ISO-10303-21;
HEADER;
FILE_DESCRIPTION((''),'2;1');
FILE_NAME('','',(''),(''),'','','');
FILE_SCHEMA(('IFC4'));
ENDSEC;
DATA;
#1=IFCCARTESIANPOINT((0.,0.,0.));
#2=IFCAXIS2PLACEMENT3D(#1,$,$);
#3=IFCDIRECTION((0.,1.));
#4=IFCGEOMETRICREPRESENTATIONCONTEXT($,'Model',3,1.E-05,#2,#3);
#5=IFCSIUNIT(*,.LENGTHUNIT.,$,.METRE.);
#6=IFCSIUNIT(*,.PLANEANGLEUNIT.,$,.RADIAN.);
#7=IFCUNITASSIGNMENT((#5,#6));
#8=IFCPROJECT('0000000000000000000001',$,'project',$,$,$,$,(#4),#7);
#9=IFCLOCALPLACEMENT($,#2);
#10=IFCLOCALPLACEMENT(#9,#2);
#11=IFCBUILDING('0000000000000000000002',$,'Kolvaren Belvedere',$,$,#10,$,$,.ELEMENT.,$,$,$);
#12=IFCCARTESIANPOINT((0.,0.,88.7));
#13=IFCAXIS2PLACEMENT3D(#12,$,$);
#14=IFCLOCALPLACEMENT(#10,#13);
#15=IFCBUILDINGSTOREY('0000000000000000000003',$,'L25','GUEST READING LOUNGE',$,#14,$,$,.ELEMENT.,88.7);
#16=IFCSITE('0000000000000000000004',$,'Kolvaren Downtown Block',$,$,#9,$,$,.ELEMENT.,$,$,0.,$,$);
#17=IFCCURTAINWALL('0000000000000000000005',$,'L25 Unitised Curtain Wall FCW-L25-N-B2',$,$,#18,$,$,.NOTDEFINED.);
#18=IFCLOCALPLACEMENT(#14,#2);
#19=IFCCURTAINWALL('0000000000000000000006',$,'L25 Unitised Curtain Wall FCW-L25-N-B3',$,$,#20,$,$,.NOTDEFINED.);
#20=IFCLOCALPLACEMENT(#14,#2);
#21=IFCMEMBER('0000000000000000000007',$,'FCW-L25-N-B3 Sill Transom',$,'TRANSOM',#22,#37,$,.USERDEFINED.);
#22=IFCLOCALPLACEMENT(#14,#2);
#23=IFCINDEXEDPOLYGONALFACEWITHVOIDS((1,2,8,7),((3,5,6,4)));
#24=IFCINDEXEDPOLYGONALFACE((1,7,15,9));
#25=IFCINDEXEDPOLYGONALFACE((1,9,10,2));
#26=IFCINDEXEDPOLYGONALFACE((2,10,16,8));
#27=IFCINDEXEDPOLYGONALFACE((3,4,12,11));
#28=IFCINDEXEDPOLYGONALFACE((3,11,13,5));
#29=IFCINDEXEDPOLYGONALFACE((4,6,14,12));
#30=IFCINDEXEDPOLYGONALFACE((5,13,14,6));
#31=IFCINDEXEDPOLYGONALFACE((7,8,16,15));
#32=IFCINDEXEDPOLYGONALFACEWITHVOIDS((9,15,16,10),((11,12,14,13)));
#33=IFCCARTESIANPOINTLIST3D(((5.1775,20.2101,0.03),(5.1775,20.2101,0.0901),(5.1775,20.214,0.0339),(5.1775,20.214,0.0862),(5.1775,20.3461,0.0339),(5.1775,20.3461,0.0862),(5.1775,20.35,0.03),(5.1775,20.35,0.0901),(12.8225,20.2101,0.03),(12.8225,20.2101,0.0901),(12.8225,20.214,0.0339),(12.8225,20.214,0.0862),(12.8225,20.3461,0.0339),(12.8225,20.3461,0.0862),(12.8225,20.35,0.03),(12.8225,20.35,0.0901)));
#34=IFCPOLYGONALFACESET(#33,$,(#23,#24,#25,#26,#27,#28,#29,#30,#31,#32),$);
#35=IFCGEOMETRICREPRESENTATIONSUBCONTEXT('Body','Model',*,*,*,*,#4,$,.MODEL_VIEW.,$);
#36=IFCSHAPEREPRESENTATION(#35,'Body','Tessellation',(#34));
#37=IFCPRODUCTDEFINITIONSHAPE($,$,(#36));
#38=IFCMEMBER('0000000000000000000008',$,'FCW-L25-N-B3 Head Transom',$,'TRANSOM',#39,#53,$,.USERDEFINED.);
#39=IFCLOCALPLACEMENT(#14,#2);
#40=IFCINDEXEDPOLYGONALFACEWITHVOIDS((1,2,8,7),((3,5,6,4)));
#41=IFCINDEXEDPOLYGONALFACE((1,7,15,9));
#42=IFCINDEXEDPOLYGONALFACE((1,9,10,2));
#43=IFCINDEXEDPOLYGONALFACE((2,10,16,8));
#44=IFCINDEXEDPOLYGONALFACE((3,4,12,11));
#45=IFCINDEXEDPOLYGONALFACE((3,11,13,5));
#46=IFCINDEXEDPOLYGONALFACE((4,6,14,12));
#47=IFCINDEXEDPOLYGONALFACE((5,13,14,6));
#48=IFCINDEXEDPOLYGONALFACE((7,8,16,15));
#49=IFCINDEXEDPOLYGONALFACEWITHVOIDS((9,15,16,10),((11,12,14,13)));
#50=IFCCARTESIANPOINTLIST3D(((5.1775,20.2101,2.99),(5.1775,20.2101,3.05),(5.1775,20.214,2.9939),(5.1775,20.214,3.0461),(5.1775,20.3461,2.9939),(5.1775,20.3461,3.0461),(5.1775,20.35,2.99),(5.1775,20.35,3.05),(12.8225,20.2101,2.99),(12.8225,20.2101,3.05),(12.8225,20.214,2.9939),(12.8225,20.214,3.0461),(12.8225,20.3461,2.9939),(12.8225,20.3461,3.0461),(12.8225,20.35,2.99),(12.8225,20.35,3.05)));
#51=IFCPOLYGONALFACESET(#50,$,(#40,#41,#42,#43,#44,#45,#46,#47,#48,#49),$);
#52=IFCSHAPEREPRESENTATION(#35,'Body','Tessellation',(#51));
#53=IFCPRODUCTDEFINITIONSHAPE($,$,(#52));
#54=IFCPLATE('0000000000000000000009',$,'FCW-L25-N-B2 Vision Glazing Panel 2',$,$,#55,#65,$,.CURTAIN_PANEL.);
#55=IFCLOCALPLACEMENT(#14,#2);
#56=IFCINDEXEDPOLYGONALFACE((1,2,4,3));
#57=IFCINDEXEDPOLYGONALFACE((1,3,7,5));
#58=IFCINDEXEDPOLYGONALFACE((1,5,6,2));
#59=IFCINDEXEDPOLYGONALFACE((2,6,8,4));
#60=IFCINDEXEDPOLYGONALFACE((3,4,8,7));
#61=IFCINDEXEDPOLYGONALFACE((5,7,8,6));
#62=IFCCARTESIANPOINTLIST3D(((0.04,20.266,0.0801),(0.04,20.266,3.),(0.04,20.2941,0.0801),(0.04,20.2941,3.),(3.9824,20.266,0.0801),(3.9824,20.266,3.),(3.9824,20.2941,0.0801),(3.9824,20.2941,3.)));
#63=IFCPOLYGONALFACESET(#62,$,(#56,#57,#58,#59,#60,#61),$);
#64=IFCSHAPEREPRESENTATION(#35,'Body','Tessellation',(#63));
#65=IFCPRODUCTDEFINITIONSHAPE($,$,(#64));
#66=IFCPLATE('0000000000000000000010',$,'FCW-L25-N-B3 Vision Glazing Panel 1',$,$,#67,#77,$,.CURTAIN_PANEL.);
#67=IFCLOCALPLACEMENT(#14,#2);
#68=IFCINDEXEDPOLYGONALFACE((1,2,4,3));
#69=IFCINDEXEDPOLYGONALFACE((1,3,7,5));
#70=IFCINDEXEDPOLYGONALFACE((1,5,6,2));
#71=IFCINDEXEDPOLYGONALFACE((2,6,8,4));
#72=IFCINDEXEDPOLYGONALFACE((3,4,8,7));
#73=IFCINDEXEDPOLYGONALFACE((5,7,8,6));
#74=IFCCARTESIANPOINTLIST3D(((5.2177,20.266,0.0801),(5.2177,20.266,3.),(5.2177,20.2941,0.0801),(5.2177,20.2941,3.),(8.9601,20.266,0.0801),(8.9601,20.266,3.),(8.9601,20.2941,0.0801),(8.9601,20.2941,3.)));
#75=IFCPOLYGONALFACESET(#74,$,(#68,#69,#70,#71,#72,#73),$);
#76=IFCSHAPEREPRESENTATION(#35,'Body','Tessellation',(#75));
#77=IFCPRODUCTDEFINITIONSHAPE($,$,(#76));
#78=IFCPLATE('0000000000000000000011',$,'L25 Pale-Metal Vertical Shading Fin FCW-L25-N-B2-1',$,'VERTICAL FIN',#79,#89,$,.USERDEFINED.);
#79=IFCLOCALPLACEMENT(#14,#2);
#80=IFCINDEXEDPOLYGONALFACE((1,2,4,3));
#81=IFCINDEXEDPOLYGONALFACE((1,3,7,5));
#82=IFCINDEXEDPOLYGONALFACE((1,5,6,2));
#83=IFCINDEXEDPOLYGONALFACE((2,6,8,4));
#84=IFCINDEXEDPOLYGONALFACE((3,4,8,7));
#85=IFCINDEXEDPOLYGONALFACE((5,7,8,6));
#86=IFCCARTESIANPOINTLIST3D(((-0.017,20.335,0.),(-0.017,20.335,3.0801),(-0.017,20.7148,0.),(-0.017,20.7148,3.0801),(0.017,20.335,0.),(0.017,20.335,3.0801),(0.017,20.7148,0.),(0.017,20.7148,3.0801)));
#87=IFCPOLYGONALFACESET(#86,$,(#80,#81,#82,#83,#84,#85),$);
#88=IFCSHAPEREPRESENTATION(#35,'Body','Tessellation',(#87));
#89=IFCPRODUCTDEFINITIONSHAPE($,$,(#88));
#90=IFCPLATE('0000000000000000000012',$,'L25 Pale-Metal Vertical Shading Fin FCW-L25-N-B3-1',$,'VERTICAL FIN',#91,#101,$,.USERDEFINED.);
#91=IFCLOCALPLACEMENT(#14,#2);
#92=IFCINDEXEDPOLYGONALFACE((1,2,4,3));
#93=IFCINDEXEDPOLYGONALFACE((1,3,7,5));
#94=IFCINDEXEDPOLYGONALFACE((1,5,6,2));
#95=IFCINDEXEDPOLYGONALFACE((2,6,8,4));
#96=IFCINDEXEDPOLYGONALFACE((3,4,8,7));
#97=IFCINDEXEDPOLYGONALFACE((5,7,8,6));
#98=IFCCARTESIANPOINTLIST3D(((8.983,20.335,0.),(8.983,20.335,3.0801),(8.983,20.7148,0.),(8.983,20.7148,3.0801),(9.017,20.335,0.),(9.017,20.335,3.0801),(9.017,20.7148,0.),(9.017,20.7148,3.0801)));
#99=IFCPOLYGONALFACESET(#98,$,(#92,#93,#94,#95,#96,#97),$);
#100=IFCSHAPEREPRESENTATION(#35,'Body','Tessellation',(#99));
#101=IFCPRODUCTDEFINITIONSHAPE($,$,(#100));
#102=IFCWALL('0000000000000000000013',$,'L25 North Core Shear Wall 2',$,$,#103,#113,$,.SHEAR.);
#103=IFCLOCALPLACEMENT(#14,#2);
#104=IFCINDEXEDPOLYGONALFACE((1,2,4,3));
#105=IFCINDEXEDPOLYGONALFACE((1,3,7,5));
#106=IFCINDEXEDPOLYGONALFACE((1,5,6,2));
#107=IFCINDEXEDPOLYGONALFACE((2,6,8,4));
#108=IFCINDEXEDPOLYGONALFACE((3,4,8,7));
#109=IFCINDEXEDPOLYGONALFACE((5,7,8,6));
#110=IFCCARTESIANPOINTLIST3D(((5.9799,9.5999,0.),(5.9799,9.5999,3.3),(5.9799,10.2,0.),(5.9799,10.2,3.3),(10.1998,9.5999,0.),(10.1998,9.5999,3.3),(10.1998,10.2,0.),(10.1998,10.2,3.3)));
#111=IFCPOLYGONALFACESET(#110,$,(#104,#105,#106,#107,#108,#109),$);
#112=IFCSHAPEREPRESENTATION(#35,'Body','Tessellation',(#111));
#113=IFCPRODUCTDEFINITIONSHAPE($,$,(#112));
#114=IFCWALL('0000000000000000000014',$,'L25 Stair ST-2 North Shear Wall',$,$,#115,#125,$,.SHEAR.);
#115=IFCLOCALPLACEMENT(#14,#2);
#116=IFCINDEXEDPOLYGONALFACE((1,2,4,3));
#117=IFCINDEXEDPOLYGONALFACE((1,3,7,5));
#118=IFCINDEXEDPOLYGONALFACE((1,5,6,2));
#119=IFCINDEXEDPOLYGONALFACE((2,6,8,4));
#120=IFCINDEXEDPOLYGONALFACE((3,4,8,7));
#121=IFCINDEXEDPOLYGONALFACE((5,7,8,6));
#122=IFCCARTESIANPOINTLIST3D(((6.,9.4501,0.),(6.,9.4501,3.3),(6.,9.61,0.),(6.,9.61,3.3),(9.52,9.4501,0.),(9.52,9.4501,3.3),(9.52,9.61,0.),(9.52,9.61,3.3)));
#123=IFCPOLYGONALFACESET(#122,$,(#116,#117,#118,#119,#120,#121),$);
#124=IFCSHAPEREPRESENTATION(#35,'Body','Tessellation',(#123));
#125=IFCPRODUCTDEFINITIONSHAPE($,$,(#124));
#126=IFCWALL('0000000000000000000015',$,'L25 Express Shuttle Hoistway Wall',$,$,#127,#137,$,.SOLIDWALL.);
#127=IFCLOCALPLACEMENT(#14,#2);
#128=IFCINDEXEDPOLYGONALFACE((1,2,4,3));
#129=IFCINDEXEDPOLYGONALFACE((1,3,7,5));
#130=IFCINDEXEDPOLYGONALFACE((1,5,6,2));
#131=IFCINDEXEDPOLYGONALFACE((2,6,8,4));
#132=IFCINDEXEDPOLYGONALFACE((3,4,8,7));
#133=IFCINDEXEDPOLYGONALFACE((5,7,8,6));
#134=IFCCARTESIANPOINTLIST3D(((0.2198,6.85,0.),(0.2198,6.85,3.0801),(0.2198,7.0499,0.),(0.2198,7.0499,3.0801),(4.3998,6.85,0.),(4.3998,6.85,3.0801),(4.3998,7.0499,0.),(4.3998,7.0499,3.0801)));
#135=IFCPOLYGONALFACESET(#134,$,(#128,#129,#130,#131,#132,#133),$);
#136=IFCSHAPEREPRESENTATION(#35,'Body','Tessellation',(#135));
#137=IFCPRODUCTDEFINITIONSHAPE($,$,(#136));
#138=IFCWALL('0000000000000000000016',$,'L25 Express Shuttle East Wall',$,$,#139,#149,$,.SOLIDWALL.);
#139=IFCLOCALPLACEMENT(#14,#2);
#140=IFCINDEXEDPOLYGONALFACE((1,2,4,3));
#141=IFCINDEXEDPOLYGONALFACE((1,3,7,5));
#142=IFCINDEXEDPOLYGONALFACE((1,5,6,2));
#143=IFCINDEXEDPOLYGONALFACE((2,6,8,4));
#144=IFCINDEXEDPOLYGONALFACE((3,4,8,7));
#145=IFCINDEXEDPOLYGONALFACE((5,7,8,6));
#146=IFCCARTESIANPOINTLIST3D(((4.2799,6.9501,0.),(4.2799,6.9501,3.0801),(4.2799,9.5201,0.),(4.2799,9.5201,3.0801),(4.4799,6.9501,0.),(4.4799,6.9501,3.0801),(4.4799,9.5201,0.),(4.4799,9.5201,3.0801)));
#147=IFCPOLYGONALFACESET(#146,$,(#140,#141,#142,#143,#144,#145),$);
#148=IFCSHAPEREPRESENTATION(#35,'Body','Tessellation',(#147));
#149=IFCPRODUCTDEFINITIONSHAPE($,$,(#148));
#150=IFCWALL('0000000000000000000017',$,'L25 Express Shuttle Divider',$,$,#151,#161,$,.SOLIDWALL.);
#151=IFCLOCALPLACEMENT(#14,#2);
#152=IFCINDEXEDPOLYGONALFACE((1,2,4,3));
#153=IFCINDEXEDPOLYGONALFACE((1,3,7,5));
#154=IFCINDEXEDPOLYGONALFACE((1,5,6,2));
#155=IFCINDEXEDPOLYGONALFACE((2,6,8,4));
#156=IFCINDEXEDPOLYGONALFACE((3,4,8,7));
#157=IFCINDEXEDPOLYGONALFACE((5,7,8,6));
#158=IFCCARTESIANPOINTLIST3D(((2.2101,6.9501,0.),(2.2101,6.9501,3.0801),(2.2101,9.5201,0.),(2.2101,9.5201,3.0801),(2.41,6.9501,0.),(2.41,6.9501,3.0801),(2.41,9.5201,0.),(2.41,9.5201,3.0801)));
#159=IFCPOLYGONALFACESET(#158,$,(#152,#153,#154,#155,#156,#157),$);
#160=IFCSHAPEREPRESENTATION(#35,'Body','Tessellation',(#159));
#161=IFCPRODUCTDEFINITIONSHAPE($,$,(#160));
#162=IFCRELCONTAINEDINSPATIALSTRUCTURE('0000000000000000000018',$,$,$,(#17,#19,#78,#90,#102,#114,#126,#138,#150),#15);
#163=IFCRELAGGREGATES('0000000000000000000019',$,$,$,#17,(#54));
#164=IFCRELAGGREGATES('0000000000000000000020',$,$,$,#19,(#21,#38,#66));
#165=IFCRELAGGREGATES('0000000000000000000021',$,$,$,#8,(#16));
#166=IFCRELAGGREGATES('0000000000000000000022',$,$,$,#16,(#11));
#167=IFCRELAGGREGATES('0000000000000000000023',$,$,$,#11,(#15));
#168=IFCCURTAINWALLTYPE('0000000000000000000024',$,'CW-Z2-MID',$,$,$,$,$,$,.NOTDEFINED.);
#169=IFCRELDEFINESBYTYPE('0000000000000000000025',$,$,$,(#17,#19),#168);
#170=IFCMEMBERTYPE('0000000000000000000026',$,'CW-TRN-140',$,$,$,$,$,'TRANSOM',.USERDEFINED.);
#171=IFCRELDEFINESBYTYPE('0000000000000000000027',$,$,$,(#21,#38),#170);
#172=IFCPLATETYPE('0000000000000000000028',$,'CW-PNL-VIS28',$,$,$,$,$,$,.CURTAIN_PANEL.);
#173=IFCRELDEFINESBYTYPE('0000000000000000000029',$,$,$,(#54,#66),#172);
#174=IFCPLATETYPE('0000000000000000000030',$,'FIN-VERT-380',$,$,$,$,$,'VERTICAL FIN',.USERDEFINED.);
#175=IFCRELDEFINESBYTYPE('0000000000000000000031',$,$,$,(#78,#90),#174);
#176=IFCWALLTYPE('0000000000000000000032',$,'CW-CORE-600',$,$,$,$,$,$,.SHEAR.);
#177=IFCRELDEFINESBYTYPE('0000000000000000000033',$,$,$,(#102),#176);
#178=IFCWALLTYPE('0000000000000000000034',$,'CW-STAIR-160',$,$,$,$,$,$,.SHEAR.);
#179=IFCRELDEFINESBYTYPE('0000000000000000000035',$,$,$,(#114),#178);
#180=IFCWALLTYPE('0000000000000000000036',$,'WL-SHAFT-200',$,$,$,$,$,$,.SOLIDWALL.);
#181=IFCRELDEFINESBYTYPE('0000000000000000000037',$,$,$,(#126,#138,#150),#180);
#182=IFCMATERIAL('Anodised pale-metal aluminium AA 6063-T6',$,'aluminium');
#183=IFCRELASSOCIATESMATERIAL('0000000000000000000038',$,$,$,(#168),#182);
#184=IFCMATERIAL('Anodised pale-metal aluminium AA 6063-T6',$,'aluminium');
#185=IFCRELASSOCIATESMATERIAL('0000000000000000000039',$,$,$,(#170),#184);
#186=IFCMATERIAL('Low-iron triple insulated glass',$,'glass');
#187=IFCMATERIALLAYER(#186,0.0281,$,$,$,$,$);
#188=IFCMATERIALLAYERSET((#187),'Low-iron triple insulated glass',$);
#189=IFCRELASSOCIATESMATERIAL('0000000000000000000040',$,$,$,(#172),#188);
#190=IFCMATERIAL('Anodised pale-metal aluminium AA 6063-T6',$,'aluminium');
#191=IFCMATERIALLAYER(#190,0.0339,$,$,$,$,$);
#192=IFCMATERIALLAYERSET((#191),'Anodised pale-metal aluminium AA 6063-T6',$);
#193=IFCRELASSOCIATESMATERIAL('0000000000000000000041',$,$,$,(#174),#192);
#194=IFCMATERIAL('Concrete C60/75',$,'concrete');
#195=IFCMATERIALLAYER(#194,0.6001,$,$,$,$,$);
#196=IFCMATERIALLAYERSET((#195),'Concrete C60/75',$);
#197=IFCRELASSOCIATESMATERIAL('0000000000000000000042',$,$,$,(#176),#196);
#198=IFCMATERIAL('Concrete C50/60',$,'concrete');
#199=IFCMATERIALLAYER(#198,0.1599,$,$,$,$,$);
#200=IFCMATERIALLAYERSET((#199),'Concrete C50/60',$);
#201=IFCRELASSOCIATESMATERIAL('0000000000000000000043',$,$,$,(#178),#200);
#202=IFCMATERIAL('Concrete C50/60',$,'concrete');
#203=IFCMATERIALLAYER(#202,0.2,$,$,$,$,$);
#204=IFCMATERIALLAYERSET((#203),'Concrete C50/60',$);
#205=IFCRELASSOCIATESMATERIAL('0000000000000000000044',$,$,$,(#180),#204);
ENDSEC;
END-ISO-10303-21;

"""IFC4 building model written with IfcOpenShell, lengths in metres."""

from ifc_helpers import new_model, si_unit, direction, frame, frame_2d, origin, origin_2d, place, context, subcontext, project, spatial, rectangle, hollow_rectangle, extrude, material, layer, layer_set, material_profile, profile_set, type_object, element, aggregate, save


model = new_model("IFC4")

# Units and contexts
model_context = context("Model", 3, precision=1e-05, world=origin(), true_north=direction((0.0, 1.0)))
body_context = subcontext(model_context, "Body", "Model", "MODEL_VIEW")
ifc_project = project(units=[si_unit("LENGTHUNIT", "METRE"), si_unit("PLANEANGLEUNIT", "RADIAN")], contexts=[model_context])

# Site, building, storey
site_placement = place(None, origin())
site = spatial("IfcSite", under=ifc_project, at=site_placement, Name="Kolvaren Downtown Block", CompositionType="ELEMENT", RefElevation=0.0)
building_placement = place(site_placement, origin())
building = spatial("IfcBuilding", under=site, at=building_placement, Name="Kolvaren Belvedere", CompositionType="ELEMENT")
storey_placement = place(building_placement, frame((0.0, 0.0, 88.7)))
storey = spatial("IfcBuildingStorey", under=building, at=storey_placement, Name="L25", Description="GUEST READING LOUNGE", CompositionType="ELEMENT", Elevation=88.7)

# Curtain walls, members
ifc_material_1 = material(Name="Anodised pale-metal aluminium AA 6063-T6", Category="aluminium")
curtain_wall_type = type_object("IfcCurtainWallType", Name="CW-Z2-MID", PredefinedType="NOTDEFINED", material=ifc_material_1)
curtain_wall_1_placement = place(storey_placement, origin())
curtain_wall_1 = element("IfcCurtainWall", 1, at=curtain_wall_1_placement, inside=storey, type_object=curtain_wall_type, Name="L25 Unitised Curtain Wall FCW-L25-N-B2", PredefinedType="NOTDEFINED")
curtain_wall_2_placement = place(storey_placement, origin())
curtain_wall_2 = element("IfcCurtainWall", 2, at=curtain_wall_2_placement, inside=storey, type_object=curtain_wall_type, Name="L25 Unitised Curtain Wall FCW-L25-N-B3", PredefinedType="NOTDEFINED")
ifc_material_2 = material(Name="Anodised pale-metal aluminium AA 6063-T6", Category="aluminium")
ifc_material_profile_1 = material_profile(ifc_material_2, hollow_rectangle(XDim=0.0601, YDim=0.1399, WallThickness=0.0039, at=origin_2d()), Name="ALU-TRN-140X60")
ifc_profile_set_1 = profile_set([ifc_material_profile_1], Name="Anodised pale-metal aluminium AA 6063-T6")
member_type_1 = type_object("IfcMemberType", Name="CW-TRN-140", ElementType="TRANSOM", PredefinedType="USERDEFINED", material=ifc_profile_set_1)
member_1_placement = place(storey_placement, frame((5.1775, 20.28, 0.0601), z_axis=(1.0, 0.0, 0.0), x_axis=(0.0, 0.0, 1.0)))
member_1 = element("IfcMember", 3, at=member_1_placement, type_object=member_type_1, Name="FCW-L25-N-B3 Sill Transom", ObjectType="TRANSOM", PredefinedType="USERDEFINED", context=body_context, shape_type="SweptSolid", body=[
    extrude(hollow_rectangle(XDim=0.0601, YDim=0.1399, WallThickness=0.0039, at=origin_2d()), origin(), (0.0, 0.0, 1.0), 7.645),
])
member_2_placement = place(storey_placement, frame((5.1775, 20.28, 3.02), z_axis=(1.0, 0.0, 0.0), x_axis=(0.0, 0.0, 1.0)))
member_2 = element("IfcMember", 4, at=member_2_placement, type_object=member_type_1, Name="FCW-L25-N-B3 Head Transom", ObjectType="TRANSOM", PredefinedType="USERDEFINED", context=body_context, shape_type="SweptSolid", body=[
    extrude(hollow_rectangle(XDim=0.0601, YDim=0.1399, WallThickness=0.0039, at=origin_2d()), origin(), (0.0, 0.0, 1.0), 7.645),
])

# Plates
ifc_material_3 = material(Name="Low-iron triple insulated glass", Category="glass")
ifc_layer_1 = layer(ifc_material_3, 0.0281)
ifc_layer_set_1 = layer_set([ifc_layer_1], Name="Low-iron triple insulated glass")
plate_type_1 = type_object("IfcPlateType", Name="CW-PNL-VIS28", PredefinedType="CURTAIN_PANEL", material=ifc_layer_set_1)
plate_1_placement = place(storey_placement, frame((2.0112, 20.28, 0.0801), z_axis=(0.0, 0.0, 1.0), x_axis=(1.0, 0.0, 0.0)))
plate_1 = element("IfcPlate", 5, at=plate_1_placement, type_object=plate_type_1, Name="FCW-L25-N-B2 Vision Glazing Panel 2", PredefinedType="CURTAIN_PANEL", context=body_context, shape_type="SweptSolid", body=[
    extrude(rectangle(XDim=3.9424, YDim=0.0281, at=origin_2d()), origin(), (0.0, 0.0, 1.0), 2.9199),
])
aggregate(curtain_wall_1, [plate_1])
plate_2_placement = place(storey_placement, frame((7.0889, 20.28, 0.0801), z_axis=(0.0, 0.0, 1.0), x_axis=(1.0, 0.0, 0.0)))
plate_2 = element("IfcPlate", 6, at=plate_2_placement, type_object=plate_type_1, Name="FCW-L25-N-B3 Vision Glazing Panel 1", PredefinedType="CURTAIN_PANEL", context=body_context, shape_type="SweptSolid", body=[
    extrude(rectangle(XDim=3.7424, YDim=0.0281, at=origin_2d()), origin(), (0.0, 0.0, 1.0), 2.9199),
])
aggregate(curtain_wall_2, [member_1, member_2, plate_2])

# Plates
ifc_material_4 = material(Name="Anodised pale-metal aluminium AA 6063-T6", Category="aluminium")
ifc_layer_2 = layer(ifc_material_4, 0.0339)
ifc_layer_set_2 = layer_set([ifc_layer_2], Name="Anodised pale-metal aluminium AA 6063-T6")
plate_type_2 = type_object("IfcPlateType", Name="FIN-VERT-380", ElementType="VERTICAL FIN", PredefinedType="USERDEFINED", material=ifc_layer_set_2)
for number, where, z_axis, x_axis, name in (
    (7, (0.0, 20.5249, 0.0), (0.0, 0.0, 1.0), (0.0, 1.0, 0.0), "L25 Pale-Metal Vertical Shading Fin FCW-L25-N-B2-1"),
    (8, (9.0, 20.5249, 0.0), (0.0, 0.0, 1.0), (0.0, 1.0, 0.0), "L25 Pale-Metal Vertical Shading Fin FCW-L25-N-B3-1"),
):
    element("IfcPlate", number, at=place(storey_placement, frame(where, z_axis=z_axis, x_axis=x_axis)), inside=storey, type_object=plate_type_2, Name=name, ObjectType="VERTICAL FIN", PredefinedType="USERDEFINED", context=body_context, shape_type="SweptSolid", body=[
        extrude(rectangle(XDim=0.3799, YDim=0.0339, at=origin_2d()), origin(), (0.0, 0.0, 1.0), 3.0801),
    ])

# Walls
ifc_material_5 = material(Name="Concrete C60/75", Category="concrete")
ifc_layer_3 = layer(ifc_material_5, 0.6001)
ifc_layer_set_3 = layer_set([ifc_layer_3], Name="Concrete C60/75")
wall_type_1 = type_object("IfcWallType", Name="CW-CORE-600", PredefinedType="SHEAR", material=ifc_layer_set_3)
wall_1_placement = place(storey_placement, frame((5.98, 9.8999, 0.0), z_axis=(0.0, 0.0, 1.0), x_axis=(1.0, 0.0, 0.0)))
element("IfcWall", 9, at=wall_1_placement, inside=storey, type_object=wall_type_1, Name="L25 North Core Shear Wall 2", PredefinedType="SHEAR", context=body_context, shape_type="SweptSolid", body=[
    extrude(rectangle(XDim=4.22, YDim=0.6001, at=frame_2d((2.1099, 0.0))), origin(), (0.0, 0.0, 1.0), 3.3),
])
ifc_material_6 = material(Name="Concrete C50/60", Category="concrete")
ifc_layer_4 = layer(ifc_material_6, 0.1599)
ifc_layer_set_4 = layer_set([ifc_layer_4], Name="Concrete C50/60")
wall_type_2 = type_object("IfcWallType", Name="CW-STAIR-160", PredefinedType="SHEAR", material=ifc_layer_set_4)
wall_2_placement = place(storey_placement, frame((6.0, 9.53, 0.0), z_axis=(0.0, 0.0, 1.0), x_axis=(1.0, 0.0, 0.0)))
element("IfcWall", 10, at=wall_2_placement, inside=storey, type_object=wall_type_2, Name="L25 Stair ST-2 North Shear Wall", PredefinedType="SHEAR", context=body_context, shape_type="SweptSolid", body=[
    extrude(rectangle(XDim=3.52, YDim=0.1599, at=frame_2d((1.76, 0.0))), origin(), (0.0, 0.0, 1.0), 3.3),
])
ifc_material_7 = material(Name="Concrete C50/60", Category="concrete")
ifc_layer_5 = layer(ifc_material_7, 0.2)
ifc_layer_set_5 = layer_set([ifc_layer_5], Name="Concrete C50/60")
wall_type_3 = type_object("IfcWallType", Name="WL-SHAFT-200", PredefinedType="SOLIDWALL", material=ifc_layer_set_5)
wall_3_placement = place(storey_placement, frame((0.22, 6.95, 0.0), z_axis=(0.0, 0.0, 1.0), x_axis=(1.0, 0.0, 0.0)))
element("IfcWall", 11, at=wall_3_placement, inside=storey, type_object=wall_type_3, Name="L25 Express Shuttle Hoistway Wall", PredefinedType="SOLIDWALL", context=body_context, shape_type="SweptSolid", body=[
    extrude(rectangle(XDim=4.1799, YDim=0.2, at=frame_2d((2.0898, 0.0))), origin(), (0.0, 0.0, 1.0), 3.0801),
])
for number, where, z_axis, x_axis, name in (
    (12, (4.3799, 6.95, 0.0), (0.0, 0.0, 1.0), (0.0, 1.0, 0.0), "L25 Express Shuttle East Wall"),
    (13, (2.3101, 6.95, 0.0), (0.0, 0.0, 1.0), (0.0, 1.0, 0.0), "L25 Express Shuttle Divider"),
):
    element("IfcWall", number, at=place(storey_placement, frame(where, z_axis=z_axis, x_axis=x_axis)), inside=storey, type_object=wall_type_3, Name=name, PredefinedType="SOLIDWALL", context=body_context, shape_type="SweptSolid", body=[
        extrude(rectangle(XDim=2.5701, YDim=0.2, at=frame_2d((1.2852, 0.0))), origin(), (0.0, 0.0, 1.0), 3.0801),
    ])

save(model, "model.ifc")
